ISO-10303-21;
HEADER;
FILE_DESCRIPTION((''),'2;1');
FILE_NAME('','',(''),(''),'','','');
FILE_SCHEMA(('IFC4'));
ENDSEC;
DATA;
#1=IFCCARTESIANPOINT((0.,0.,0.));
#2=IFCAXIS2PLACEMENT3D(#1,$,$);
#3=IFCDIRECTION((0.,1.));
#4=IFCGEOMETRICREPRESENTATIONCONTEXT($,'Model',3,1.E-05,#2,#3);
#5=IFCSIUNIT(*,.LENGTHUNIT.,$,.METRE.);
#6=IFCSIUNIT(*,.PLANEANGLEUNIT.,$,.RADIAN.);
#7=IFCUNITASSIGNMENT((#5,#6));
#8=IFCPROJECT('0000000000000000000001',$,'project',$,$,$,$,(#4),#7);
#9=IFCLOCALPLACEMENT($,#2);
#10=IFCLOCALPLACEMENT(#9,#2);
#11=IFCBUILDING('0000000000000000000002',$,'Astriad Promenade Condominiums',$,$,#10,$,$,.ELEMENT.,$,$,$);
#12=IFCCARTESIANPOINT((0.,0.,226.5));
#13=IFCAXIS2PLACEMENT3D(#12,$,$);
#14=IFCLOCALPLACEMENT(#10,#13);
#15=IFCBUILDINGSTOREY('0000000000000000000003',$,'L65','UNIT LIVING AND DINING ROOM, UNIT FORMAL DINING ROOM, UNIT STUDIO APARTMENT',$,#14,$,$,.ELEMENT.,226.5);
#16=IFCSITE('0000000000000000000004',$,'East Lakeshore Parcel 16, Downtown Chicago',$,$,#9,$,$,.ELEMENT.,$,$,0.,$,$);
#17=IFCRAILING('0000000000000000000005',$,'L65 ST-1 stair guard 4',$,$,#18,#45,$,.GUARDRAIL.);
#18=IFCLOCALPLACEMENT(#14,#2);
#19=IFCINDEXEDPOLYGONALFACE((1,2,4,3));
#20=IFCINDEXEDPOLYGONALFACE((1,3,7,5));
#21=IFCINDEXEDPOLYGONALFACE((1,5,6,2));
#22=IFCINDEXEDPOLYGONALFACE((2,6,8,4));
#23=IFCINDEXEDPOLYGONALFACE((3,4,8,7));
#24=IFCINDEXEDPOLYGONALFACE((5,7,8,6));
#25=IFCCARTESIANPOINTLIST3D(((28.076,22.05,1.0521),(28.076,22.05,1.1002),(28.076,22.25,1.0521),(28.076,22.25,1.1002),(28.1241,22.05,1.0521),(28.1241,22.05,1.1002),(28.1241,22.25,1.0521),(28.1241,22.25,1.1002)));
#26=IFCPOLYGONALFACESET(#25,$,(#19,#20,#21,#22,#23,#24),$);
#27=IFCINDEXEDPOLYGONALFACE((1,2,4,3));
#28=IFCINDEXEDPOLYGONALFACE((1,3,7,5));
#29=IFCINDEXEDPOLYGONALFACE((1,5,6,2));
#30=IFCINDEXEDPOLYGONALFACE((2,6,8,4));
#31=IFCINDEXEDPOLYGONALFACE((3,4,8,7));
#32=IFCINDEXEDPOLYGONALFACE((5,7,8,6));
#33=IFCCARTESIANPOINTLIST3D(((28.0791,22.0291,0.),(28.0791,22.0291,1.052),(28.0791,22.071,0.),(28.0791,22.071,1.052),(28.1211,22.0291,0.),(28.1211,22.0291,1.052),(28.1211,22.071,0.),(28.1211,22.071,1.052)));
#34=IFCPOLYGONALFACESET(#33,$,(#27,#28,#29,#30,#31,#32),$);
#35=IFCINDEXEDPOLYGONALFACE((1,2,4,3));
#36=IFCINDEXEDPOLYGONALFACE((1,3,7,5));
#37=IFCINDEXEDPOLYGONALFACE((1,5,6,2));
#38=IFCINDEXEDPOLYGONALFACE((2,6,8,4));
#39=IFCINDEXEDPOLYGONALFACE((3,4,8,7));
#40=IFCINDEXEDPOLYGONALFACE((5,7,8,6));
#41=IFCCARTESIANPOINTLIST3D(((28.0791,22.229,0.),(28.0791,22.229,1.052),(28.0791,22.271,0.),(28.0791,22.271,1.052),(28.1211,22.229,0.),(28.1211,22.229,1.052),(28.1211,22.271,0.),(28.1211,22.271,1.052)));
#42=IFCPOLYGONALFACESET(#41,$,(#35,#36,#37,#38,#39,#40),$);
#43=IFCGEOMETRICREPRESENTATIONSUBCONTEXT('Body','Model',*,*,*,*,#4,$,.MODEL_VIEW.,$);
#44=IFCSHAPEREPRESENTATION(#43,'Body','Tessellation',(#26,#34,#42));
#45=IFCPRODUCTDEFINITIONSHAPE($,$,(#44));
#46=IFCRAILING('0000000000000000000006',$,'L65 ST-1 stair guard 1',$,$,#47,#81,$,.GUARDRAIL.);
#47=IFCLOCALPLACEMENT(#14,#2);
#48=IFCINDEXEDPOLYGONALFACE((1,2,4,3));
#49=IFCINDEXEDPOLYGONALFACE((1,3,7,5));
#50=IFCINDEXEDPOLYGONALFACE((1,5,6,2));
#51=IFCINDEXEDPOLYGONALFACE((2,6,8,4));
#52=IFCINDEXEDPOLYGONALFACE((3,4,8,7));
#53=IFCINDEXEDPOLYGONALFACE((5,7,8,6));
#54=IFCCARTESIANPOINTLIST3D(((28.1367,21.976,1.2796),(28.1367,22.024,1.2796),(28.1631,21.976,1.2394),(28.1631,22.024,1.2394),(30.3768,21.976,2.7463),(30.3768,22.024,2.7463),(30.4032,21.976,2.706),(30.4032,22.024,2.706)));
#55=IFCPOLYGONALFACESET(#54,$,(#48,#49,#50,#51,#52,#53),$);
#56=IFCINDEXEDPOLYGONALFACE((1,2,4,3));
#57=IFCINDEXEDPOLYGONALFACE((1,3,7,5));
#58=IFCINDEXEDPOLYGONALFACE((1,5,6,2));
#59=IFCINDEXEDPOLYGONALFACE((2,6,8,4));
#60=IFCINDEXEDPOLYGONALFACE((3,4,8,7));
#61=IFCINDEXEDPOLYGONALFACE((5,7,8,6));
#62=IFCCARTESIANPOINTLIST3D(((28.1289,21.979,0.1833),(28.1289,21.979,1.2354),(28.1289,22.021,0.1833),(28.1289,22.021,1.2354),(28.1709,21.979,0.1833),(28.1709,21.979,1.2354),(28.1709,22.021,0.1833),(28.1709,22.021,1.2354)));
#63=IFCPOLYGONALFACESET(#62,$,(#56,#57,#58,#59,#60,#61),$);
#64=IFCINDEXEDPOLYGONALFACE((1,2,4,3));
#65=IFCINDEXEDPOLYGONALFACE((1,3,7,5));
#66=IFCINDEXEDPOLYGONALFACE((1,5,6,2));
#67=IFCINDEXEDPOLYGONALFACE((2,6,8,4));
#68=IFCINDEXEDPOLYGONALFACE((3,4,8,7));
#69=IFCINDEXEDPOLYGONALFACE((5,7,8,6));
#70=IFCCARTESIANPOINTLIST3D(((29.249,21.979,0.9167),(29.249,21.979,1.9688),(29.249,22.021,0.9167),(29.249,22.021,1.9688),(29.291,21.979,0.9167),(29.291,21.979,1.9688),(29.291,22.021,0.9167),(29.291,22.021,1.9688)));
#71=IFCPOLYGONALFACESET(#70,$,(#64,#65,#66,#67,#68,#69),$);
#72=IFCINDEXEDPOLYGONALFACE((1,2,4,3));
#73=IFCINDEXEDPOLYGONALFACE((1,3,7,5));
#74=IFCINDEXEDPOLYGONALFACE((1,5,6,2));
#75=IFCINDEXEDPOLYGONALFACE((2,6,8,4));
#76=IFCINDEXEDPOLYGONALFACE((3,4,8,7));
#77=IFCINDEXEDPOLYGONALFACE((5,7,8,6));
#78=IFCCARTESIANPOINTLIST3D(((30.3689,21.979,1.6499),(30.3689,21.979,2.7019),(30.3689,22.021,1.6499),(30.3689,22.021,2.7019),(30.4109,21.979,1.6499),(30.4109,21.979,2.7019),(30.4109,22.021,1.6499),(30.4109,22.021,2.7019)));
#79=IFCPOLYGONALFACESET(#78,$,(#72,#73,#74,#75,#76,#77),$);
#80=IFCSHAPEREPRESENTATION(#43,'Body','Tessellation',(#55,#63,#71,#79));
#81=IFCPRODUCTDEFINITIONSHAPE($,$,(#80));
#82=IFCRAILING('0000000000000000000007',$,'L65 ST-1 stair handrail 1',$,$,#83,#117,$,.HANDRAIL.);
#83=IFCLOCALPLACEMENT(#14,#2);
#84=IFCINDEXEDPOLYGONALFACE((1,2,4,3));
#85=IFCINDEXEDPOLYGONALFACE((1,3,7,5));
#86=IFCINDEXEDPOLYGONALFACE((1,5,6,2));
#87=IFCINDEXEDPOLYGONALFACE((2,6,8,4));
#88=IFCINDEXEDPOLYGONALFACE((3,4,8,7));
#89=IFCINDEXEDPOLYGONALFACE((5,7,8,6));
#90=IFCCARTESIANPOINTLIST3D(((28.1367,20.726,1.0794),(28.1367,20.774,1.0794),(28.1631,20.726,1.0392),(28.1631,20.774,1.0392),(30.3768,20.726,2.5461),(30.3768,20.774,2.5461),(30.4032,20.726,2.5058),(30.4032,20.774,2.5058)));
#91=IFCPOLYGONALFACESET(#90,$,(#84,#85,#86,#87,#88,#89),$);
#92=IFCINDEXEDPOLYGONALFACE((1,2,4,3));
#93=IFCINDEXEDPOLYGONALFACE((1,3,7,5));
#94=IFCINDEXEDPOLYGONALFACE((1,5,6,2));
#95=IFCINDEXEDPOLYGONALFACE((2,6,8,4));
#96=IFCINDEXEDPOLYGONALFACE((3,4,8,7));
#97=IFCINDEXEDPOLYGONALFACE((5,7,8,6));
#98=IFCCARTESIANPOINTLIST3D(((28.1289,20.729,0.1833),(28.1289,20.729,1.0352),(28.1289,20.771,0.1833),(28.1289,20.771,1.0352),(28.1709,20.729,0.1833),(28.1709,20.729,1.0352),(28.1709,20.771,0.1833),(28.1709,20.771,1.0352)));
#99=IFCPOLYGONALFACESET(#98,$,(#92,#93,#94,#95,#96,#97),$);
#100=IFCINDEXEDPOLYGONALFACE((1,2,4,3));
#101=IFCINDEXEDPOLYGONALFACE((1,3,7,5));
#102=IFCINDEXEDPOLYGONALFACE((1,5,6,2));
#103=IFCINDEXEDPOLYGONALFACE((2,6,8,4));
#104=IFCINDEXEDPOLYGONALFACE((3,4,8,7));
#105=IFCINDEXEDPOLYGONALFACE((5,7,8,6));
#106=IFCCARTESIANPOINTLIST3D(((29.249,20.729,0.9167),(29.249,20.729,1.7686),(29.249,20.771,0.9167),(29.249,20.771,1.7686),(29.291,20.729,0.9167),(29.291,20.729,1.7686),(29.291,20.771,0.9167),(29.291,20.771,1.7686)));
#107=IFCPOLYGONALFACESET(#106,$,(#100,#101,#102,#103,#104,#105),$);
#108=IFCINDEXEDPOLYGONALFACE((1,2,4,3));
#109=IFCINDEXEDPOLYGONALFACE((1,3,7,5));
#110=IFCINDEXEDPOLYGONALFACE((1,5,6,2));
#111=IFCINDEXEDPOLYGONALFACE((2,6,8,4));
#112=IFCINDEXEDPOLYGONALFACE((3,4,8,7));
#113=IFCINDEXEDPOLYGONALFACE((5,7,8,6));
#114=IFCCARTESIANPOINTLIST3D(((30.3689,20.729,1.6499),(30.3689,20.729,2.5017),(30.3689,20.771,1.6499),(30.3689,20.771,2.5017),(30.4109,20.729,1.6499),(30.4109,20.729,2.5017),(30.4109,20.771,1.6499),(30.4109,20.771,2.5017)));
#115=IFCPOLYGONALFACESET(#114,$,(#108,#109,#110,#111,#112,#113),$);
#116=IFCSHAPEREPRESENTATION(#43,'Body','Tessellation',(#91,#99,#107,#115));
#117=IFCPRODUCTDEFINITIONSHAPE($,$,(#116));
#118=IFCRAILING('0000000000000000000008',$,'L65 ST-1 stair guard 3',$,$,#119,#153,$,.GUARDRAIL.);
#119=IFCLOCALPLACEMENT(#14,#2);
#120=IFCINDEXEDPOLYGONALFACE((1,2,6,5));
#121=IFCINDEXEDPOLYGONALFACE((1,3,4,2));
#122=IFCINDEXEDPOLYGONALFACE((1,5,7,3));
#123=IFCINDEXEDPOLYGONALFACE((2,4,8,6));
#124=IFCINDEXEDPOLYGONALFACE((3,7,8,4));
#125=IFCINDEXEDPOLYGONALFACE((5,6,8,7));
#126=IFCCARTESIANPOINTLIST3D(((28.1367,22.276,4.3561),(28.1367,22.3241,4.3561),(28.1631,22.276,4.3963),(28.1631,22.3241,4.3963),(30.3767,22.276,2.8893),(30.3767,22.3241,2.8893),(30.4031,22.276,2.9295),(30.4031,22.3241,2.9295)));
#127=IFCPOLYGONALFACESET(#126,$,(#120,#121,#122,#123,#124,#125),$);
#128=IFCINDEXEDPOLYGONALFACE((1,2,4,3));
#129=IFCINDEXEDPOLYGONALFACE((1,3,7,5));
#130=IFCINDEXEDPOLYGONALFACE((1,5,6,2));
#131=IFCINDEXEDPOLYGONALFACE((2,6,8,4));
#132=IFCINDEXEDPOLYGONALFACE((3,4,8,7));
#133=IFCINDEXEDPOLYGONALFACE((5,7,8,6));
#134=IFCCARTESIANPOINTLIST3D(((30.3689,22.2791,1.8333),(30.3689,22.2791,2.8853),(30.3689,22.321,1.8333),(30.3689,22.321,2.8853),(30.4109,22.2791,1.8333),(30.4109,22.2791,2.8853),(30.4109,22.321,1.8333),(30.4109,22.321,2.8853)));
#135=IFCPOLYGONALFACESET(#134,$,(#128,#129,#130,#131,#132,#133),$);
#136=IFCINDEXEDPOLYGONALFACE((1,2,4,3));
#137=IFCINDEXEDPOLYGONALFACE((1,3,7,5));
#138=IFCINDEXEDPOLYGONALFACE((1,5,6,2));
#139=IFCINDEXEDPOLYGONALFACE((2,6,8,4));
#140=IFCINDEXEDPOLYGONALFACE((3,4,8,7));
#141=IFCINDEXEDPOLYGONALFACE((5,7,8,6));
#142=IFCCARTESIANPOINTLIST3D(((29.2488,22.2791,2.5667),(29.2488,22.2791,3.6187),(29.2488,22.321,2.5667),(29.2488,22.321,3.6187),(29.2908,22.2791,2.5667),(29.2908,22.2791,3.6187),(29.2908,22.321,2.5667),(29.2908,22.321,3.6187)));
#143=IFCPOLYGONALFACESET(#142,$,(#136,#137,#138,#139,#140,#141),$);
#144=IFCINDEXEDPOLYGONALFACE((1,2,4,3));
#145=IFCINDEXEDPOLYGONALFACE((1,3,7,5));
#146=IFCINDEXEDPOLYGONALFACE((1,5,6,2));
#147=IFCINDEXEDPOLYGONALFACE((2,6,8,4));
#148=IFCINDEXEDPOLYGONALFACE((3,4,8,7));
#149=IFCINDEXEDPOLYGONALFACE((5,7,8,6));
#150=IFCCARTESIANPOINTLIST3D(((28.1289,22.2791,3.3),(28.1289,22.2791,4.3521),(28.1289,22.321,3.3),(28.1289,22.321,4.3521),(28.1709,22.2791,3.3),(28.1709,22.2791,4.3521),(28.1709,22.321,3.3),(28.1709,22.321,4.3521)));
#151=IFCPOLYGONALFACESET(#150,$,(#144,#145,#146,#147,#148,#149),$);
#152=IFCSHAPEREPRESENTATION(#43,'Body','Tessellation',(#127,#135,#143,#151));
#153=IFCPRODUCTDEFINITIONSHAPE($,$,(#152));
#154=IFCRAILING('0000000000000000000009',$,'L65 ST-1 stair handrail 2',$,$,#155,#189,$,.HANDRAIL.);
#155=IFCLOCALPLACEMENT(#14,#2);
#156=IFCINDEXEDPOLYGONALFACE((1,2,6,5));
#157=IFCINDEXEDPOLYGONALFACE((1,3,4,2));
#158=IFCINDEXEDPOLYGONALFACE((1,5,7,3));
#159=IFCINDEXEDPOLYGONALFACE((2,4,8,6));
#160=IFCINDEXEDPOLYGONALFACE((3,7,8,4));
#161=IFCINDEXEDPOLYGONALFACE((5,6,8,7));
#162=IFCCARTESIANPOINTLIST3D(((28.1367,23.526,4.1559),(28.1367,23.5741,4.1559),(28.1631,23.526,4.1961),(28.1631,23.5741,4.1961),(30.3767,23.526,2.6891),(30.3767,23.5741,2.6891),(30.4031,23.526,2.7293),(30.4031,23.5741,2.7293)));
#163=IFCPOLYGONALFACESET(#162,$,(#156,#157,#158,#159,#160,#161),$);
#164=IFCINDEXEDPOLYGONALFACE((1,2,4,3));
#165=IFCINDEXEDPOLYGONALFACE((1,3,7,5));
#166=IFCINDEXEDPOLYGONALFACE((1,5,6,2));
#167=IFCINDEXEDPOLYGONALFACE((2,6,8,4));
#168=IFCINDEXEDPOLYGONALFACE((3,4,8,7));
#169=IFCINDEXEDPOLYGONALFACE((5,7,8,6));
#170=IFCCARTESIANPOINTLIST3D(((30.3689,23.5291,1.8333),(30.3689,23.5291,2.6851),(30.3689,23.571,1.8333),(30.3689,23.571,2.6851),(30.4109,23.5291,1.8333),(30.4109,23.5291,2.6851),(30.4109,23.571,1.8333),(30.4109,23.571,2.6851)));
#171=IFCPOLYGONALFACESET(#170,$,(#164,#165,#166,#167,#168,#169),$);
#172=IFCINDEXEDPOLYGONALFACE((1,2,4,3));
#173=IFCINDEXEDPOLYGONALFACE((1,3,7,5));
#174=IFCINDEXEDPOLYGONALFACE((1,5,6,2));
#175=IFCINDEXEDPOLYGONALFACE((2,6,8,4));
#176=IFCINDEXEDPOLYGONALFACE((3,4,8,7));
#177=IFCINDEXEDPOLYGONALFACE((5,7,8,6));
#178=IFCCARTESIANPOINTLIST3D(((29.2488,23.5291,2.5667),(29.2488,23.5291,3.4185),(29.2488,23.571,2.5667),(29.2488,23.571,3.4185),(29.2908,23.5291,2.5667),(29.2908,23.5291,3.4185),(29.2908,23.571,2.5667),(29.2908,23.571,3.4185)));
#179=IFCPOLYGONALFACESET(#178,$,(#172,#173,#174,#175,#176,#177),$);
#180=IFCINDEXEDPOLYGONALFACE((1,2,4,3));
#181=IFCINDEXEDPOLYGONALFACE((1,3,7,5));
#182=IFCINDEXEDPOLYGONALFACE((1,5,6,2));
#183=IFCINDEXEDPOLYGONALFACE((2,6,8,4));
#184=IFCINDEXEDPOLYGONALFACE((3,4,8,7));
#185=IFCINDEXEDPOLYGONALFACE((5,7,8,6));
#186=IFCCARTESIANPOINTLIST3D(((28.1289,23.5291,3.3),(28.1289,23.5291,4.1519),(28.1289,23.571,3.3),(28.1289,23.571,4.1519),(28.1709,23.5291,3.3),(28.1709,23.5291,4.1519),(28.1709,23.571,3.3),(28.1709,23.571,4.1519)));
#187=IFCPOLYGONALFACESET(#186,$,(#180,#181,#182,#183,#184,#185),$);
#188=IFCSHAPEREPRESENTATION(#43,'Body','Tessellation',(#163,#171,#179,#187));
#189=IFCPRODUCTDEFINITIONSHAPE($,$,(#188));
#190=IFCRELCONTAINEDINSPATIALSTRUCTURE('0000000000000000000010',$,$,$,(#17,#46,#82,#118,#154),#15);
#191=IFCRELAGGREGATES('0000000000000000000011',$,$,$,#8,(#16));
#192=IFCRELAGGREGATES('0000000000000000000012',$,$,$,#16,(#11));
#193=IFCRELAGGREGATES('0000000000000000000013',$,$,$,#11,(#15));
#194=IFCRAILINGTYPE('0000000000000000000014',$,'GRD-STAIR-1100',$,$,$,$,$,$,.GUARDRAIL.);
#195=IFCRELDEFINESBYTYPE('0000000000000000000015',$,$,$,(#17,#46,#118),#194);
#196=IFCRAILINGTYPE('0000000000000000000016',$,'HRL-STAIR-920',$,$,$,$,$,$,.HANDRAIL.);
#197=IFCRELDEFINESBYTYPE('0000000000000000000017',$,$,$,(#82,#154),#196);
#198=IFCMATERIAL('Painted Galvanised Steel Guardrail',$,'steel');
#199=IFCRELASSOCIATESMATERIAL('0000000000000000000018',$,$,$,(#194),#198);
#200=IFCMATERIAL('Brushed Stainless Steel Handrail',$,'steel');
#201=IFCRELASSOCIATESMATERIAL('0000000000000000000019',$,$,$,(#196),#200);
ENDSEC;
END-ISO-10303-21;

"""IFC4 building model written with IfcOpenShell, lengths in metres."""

from ifc_helpers import new_model, si_unit, direction, frame, origin, origin_2d, place, context, subcontext, project, spatial, rectangle, extrude, source, transform, mapped, material, type_object, type_shapes, element, save


model = new_model("IFC4")

# Units and contexts
model_context = context("Model", 3, precision=1e-05, world=origin(), true_north=direction((0.0, 1.0)))
body_context = subcontext(model_context, "Body", "Model", "MODEL_VIEW")
ifc_project = project(units=[si_unit("LENGTHUNIT", "METRE"), si_unit("PLANEANGLEUNIT", "RADIAN")], contexts=[model_context])

# Site, building, storey
site_placement = place(None, origin())
site = spatial("IfcSite", under=ifc_project, at=site_placement, Name="East Lakeshore Parcel 16, Downtown Chicago", CompositionType="ELEMENT", RefElevation=0.0)
building_placement = place(site_placement, origin())
building = spatial("IfcBuilding", under=site, at=building_placement, Name="Astriad Promenade Condominiums", CompositionType="ELEMENT")
storey_placement = place(building_placement, frame((0.0, 0.0, 226.5)))
storey = spatial("IfcBuildingStorey", under=building, at=storey_placement, Name="L65", Description="UNIT LIVING AND DINING ROOM, UNIT FORMAL DINING ROOM, UNIT STUDIO APARTMENT", CompositionType="ELEMENT", Elevation=226.5)

# Railings
ifc_material_1 = material(Name="Painted Galvanised Steel Guardrail", Category="steel")
railing_type_1 = type_object("IfcRailingType", Name="GRD-STAIR-1100", PredefinedType="GUARDRAIL", material=ifc_material_1)
shared_shape_1 = source(origin(), body_context, "Body", "SweptSolid", [
    extrude(rectangle(XDim=0.0481, YDim=0.0481, at=origin_2d()), frame((0.0, 0.0, 1.0762), z_axis=(0.0, 1.0, 0.0), x_axis=(-1.0, 0.0, 0.0)), (0.0, 0.0, 1.0), 0.2),
    extrude(rectangle(XDim=0.042, YDim=0.042, at=origin_2d()), origin(), (0.0, 0.0, 1.0), 1.052),
    extrude(rectangle(XDim=0.042, YDim=0.042, at=origin_2d()), frame((0.0, 0.2, 0.0)), (0.0, 0.0, 1.0), 1.052),
])
for number, where, name in (
    (1, (28.1001, 22.05, 0.0), "L65 ST-1 stair guard 4"),
):
    element("IfcRailing", number, at=place(storey_placement, frame(where)), inside=storey, type_object=railing_type_1, Name=name, PredefinedType="GUARDRAIL", context=body_context, shape_type="MappedRepresentation", body=[
        mapped(shared_shape_1, transform((0.0, 0.0, 0.0), scale=1.0)),
    ])
shared_shape_2 = source(origin(), body_context, "Body", "SweptSolid", [
    extrude(rectangle(XDim=0.0481, YDim=0.0481, at=origin_2d()), frame((0.0, 0.0, 1.0762), z_axis=(0.836637, 0.0, 0.547758), x_axis=(0.0, 1.0, 0.0)), (0.0, 0.0, 1.0), 2.6775),
    extrude(rectangle(XDim=0.042, YDim=0.042, at=origin_2d()), origin(), (0.0, 0.0, 1.0), 1.052),
    extrude(rectangle(XDim=0.042, YDim=0.042, at=origin_2d()), frame((1.1201, 0.0, 0.7334)), (0.0, 0.0, 1.0), 1.052),
    extrude(rectangle(XDim=0.042, YDim=0.042, at=origin_2d()), frame((2.24, 0.0, 1.4666)), (0.0, 0.0, 1.0), 1.052),
])
railing_1_placement = place(storey_placement, frame((28.1499, 22.0, 0.1833)))
element("IfcRailing", 2, at=railing_1_placement, inside=storey, type_object=railing_type_1, Name="L65 ST-1 stair guard 1", PredefinedType="GUARDRAIL", context=body_context, shape_type="MappedRepresentation", body=[
    mapped(shared_shape_2, transform((0.0, 0.0, 0.0), scale=1.0)),
])
ifc_material_2 = material(Name="Brushed Stainless Steel Handrail", Category="steel")
railing_type_2 = type_object("IfcRailingType", Name="HRL-STAIR-920", PredefinedType="HANDRAIL", material=ifc_material_2)
shared_shape_3 = source(origin(), body_context, "Body", "SweptSolid", [
    extrude(rectangle(XDim=0.0481, YDim=0.0481, at=origin_2d()), frame((0.0, 0.0, 0.876), z_axis=(0.836637, 0.0, 0.547758), x_axis=(0.0, 1.0, 0.0)), (0.0, 0.0, 1.0), 2.6775),
    extrude(rectangle(XDim=0.042, YDim=0.042, at=origin_2d()), origin(), (0.0, 0.0, 1.0), 0.8518),
    extrude(rectangle(XDim=0.042, YDim=0.042, at=origin_2d()), frame((1.1201, 0.0, 0.7334)), (0.0, 0.0, 1.0), 0.8518),
    extrude(rectangle(XDim=0.042, YDim=0.042, at=origin_2d()), frame((2.24, 0.0, 1.4666)), (0.0, 0.0, 1.0), 0.8518),
])
railing_2_placement = place(storey_placement, frame((28.1499, 20.75, 0.1833)))
element("IfcRailing", 3, at=railing_2_placement, inside=storey, type_object=railing_type_2, Name="L65 ST-1 stair handrail 1", PredefinedType="HANDRAIL", context=body_context, shape_type="MappedRepresentation", body=[
    mapped(shared_shape_3, transform((0.0, 0.0, 0.0), scale=1.0)),
])
shared_shape_4 = source(origin(), body_context, "Body", "SweptSolid", [
    extrude(rectangle(XDim=0.0481, YDim=0.0481, at=origin_2d()), frame((0.0, 0.0, 1.0762), z_axis=(-0.836595, 0.0, 0.547822), x_axis=(0.0, -1.0, 0.0)), (0.0, 0.0, 1.0), 2.6775),
    extrude(rectangle(XDim=0.042, YDim=0.042, at=origin_2d()), origin(), (0.0, 0.0, 1.0), 1.052),
    extrude(rectangle(XDim=0.042, YDim=0.042, at=origin_2d()), frame((-1.1201, 0.0, 0.7334)), (0.0, 0.0, 1.0), 1.052),
    extrude(rectangle(XDim=0.042, YDim=0.042, at=origin_2d()), frame((-2.24, 0.0, 1.4668)), (0.0, 0.0, 1.0), 1.052),
])
type_shapes(railing_type_1, [shared_shape_1, shared_shape_2, shared_shape_4])
railing_3_placement = place(storey_placement, frame((30.3899, 22.3, 1.8333)))
element("IfcRailing", 4, at=railing_3_placement, inside=storey, type_object=railing_type_1, Name="L65 ST-1 stair guard 3", PredefinedType="GUARDRAIL", context=body_context, shape_type="MappedRepresentation", body=[
    mapped(shared_shape_4, transform((0.0, 0.0, 0.0), scale=1.0)),
])
shared_shape_5 = source(origin(), body_context, "Body", "SweptSolid", [
    extrude(rectangle(XDim=0.0481, YDim=0.0481, at=origin_2d()), frame((0.0, 0.0, 0.876), z_axis=(-0.836595, 0.0, 0.547822), x_axis=(0.0, -1.0, 0.0)), (0.0, 0.0, 1.0), 2.6775),
    extrude(rectangle(XDim=0.042, YDim=0.042, at=origin_2d()), origin(), (0.0, 0.0, 1.0), 0.8518),
    extrude(rectangle(XDim=0.042, YDim=0.042, at=origin_2d()), frame((-1.1201, 0.0, 0.7334)), (0.0, 0.0, 1.0), 0.8518),
    extrude(rectangle(XDim=0.042, YDim=0.042, at=origin_2d()), frame((-2.24, 0.0, 1.4668)), (0.0, 0.0, 1.0), 0.8518),
])
type_shapes(railing_type_2, [shared_shape_3, shared_shape_5])
railing_4_placement = place(storey_placement, frame((30.3899, 23.55, 1.8333)))
element("IfcRailing", 5, at=railing_4_placement, inside=storey, type_object=railing_type_2, Name="L65 ST-1 stair handrail 2", PredefinedType="HANDRAIL", context=body_context, shape_type="MappedRepresentation", body=[
    mapped(shared_shape_5, transform((0.0, 0.0, 0.0), scale=1.0)),
])

save(model, "model.ifc")
